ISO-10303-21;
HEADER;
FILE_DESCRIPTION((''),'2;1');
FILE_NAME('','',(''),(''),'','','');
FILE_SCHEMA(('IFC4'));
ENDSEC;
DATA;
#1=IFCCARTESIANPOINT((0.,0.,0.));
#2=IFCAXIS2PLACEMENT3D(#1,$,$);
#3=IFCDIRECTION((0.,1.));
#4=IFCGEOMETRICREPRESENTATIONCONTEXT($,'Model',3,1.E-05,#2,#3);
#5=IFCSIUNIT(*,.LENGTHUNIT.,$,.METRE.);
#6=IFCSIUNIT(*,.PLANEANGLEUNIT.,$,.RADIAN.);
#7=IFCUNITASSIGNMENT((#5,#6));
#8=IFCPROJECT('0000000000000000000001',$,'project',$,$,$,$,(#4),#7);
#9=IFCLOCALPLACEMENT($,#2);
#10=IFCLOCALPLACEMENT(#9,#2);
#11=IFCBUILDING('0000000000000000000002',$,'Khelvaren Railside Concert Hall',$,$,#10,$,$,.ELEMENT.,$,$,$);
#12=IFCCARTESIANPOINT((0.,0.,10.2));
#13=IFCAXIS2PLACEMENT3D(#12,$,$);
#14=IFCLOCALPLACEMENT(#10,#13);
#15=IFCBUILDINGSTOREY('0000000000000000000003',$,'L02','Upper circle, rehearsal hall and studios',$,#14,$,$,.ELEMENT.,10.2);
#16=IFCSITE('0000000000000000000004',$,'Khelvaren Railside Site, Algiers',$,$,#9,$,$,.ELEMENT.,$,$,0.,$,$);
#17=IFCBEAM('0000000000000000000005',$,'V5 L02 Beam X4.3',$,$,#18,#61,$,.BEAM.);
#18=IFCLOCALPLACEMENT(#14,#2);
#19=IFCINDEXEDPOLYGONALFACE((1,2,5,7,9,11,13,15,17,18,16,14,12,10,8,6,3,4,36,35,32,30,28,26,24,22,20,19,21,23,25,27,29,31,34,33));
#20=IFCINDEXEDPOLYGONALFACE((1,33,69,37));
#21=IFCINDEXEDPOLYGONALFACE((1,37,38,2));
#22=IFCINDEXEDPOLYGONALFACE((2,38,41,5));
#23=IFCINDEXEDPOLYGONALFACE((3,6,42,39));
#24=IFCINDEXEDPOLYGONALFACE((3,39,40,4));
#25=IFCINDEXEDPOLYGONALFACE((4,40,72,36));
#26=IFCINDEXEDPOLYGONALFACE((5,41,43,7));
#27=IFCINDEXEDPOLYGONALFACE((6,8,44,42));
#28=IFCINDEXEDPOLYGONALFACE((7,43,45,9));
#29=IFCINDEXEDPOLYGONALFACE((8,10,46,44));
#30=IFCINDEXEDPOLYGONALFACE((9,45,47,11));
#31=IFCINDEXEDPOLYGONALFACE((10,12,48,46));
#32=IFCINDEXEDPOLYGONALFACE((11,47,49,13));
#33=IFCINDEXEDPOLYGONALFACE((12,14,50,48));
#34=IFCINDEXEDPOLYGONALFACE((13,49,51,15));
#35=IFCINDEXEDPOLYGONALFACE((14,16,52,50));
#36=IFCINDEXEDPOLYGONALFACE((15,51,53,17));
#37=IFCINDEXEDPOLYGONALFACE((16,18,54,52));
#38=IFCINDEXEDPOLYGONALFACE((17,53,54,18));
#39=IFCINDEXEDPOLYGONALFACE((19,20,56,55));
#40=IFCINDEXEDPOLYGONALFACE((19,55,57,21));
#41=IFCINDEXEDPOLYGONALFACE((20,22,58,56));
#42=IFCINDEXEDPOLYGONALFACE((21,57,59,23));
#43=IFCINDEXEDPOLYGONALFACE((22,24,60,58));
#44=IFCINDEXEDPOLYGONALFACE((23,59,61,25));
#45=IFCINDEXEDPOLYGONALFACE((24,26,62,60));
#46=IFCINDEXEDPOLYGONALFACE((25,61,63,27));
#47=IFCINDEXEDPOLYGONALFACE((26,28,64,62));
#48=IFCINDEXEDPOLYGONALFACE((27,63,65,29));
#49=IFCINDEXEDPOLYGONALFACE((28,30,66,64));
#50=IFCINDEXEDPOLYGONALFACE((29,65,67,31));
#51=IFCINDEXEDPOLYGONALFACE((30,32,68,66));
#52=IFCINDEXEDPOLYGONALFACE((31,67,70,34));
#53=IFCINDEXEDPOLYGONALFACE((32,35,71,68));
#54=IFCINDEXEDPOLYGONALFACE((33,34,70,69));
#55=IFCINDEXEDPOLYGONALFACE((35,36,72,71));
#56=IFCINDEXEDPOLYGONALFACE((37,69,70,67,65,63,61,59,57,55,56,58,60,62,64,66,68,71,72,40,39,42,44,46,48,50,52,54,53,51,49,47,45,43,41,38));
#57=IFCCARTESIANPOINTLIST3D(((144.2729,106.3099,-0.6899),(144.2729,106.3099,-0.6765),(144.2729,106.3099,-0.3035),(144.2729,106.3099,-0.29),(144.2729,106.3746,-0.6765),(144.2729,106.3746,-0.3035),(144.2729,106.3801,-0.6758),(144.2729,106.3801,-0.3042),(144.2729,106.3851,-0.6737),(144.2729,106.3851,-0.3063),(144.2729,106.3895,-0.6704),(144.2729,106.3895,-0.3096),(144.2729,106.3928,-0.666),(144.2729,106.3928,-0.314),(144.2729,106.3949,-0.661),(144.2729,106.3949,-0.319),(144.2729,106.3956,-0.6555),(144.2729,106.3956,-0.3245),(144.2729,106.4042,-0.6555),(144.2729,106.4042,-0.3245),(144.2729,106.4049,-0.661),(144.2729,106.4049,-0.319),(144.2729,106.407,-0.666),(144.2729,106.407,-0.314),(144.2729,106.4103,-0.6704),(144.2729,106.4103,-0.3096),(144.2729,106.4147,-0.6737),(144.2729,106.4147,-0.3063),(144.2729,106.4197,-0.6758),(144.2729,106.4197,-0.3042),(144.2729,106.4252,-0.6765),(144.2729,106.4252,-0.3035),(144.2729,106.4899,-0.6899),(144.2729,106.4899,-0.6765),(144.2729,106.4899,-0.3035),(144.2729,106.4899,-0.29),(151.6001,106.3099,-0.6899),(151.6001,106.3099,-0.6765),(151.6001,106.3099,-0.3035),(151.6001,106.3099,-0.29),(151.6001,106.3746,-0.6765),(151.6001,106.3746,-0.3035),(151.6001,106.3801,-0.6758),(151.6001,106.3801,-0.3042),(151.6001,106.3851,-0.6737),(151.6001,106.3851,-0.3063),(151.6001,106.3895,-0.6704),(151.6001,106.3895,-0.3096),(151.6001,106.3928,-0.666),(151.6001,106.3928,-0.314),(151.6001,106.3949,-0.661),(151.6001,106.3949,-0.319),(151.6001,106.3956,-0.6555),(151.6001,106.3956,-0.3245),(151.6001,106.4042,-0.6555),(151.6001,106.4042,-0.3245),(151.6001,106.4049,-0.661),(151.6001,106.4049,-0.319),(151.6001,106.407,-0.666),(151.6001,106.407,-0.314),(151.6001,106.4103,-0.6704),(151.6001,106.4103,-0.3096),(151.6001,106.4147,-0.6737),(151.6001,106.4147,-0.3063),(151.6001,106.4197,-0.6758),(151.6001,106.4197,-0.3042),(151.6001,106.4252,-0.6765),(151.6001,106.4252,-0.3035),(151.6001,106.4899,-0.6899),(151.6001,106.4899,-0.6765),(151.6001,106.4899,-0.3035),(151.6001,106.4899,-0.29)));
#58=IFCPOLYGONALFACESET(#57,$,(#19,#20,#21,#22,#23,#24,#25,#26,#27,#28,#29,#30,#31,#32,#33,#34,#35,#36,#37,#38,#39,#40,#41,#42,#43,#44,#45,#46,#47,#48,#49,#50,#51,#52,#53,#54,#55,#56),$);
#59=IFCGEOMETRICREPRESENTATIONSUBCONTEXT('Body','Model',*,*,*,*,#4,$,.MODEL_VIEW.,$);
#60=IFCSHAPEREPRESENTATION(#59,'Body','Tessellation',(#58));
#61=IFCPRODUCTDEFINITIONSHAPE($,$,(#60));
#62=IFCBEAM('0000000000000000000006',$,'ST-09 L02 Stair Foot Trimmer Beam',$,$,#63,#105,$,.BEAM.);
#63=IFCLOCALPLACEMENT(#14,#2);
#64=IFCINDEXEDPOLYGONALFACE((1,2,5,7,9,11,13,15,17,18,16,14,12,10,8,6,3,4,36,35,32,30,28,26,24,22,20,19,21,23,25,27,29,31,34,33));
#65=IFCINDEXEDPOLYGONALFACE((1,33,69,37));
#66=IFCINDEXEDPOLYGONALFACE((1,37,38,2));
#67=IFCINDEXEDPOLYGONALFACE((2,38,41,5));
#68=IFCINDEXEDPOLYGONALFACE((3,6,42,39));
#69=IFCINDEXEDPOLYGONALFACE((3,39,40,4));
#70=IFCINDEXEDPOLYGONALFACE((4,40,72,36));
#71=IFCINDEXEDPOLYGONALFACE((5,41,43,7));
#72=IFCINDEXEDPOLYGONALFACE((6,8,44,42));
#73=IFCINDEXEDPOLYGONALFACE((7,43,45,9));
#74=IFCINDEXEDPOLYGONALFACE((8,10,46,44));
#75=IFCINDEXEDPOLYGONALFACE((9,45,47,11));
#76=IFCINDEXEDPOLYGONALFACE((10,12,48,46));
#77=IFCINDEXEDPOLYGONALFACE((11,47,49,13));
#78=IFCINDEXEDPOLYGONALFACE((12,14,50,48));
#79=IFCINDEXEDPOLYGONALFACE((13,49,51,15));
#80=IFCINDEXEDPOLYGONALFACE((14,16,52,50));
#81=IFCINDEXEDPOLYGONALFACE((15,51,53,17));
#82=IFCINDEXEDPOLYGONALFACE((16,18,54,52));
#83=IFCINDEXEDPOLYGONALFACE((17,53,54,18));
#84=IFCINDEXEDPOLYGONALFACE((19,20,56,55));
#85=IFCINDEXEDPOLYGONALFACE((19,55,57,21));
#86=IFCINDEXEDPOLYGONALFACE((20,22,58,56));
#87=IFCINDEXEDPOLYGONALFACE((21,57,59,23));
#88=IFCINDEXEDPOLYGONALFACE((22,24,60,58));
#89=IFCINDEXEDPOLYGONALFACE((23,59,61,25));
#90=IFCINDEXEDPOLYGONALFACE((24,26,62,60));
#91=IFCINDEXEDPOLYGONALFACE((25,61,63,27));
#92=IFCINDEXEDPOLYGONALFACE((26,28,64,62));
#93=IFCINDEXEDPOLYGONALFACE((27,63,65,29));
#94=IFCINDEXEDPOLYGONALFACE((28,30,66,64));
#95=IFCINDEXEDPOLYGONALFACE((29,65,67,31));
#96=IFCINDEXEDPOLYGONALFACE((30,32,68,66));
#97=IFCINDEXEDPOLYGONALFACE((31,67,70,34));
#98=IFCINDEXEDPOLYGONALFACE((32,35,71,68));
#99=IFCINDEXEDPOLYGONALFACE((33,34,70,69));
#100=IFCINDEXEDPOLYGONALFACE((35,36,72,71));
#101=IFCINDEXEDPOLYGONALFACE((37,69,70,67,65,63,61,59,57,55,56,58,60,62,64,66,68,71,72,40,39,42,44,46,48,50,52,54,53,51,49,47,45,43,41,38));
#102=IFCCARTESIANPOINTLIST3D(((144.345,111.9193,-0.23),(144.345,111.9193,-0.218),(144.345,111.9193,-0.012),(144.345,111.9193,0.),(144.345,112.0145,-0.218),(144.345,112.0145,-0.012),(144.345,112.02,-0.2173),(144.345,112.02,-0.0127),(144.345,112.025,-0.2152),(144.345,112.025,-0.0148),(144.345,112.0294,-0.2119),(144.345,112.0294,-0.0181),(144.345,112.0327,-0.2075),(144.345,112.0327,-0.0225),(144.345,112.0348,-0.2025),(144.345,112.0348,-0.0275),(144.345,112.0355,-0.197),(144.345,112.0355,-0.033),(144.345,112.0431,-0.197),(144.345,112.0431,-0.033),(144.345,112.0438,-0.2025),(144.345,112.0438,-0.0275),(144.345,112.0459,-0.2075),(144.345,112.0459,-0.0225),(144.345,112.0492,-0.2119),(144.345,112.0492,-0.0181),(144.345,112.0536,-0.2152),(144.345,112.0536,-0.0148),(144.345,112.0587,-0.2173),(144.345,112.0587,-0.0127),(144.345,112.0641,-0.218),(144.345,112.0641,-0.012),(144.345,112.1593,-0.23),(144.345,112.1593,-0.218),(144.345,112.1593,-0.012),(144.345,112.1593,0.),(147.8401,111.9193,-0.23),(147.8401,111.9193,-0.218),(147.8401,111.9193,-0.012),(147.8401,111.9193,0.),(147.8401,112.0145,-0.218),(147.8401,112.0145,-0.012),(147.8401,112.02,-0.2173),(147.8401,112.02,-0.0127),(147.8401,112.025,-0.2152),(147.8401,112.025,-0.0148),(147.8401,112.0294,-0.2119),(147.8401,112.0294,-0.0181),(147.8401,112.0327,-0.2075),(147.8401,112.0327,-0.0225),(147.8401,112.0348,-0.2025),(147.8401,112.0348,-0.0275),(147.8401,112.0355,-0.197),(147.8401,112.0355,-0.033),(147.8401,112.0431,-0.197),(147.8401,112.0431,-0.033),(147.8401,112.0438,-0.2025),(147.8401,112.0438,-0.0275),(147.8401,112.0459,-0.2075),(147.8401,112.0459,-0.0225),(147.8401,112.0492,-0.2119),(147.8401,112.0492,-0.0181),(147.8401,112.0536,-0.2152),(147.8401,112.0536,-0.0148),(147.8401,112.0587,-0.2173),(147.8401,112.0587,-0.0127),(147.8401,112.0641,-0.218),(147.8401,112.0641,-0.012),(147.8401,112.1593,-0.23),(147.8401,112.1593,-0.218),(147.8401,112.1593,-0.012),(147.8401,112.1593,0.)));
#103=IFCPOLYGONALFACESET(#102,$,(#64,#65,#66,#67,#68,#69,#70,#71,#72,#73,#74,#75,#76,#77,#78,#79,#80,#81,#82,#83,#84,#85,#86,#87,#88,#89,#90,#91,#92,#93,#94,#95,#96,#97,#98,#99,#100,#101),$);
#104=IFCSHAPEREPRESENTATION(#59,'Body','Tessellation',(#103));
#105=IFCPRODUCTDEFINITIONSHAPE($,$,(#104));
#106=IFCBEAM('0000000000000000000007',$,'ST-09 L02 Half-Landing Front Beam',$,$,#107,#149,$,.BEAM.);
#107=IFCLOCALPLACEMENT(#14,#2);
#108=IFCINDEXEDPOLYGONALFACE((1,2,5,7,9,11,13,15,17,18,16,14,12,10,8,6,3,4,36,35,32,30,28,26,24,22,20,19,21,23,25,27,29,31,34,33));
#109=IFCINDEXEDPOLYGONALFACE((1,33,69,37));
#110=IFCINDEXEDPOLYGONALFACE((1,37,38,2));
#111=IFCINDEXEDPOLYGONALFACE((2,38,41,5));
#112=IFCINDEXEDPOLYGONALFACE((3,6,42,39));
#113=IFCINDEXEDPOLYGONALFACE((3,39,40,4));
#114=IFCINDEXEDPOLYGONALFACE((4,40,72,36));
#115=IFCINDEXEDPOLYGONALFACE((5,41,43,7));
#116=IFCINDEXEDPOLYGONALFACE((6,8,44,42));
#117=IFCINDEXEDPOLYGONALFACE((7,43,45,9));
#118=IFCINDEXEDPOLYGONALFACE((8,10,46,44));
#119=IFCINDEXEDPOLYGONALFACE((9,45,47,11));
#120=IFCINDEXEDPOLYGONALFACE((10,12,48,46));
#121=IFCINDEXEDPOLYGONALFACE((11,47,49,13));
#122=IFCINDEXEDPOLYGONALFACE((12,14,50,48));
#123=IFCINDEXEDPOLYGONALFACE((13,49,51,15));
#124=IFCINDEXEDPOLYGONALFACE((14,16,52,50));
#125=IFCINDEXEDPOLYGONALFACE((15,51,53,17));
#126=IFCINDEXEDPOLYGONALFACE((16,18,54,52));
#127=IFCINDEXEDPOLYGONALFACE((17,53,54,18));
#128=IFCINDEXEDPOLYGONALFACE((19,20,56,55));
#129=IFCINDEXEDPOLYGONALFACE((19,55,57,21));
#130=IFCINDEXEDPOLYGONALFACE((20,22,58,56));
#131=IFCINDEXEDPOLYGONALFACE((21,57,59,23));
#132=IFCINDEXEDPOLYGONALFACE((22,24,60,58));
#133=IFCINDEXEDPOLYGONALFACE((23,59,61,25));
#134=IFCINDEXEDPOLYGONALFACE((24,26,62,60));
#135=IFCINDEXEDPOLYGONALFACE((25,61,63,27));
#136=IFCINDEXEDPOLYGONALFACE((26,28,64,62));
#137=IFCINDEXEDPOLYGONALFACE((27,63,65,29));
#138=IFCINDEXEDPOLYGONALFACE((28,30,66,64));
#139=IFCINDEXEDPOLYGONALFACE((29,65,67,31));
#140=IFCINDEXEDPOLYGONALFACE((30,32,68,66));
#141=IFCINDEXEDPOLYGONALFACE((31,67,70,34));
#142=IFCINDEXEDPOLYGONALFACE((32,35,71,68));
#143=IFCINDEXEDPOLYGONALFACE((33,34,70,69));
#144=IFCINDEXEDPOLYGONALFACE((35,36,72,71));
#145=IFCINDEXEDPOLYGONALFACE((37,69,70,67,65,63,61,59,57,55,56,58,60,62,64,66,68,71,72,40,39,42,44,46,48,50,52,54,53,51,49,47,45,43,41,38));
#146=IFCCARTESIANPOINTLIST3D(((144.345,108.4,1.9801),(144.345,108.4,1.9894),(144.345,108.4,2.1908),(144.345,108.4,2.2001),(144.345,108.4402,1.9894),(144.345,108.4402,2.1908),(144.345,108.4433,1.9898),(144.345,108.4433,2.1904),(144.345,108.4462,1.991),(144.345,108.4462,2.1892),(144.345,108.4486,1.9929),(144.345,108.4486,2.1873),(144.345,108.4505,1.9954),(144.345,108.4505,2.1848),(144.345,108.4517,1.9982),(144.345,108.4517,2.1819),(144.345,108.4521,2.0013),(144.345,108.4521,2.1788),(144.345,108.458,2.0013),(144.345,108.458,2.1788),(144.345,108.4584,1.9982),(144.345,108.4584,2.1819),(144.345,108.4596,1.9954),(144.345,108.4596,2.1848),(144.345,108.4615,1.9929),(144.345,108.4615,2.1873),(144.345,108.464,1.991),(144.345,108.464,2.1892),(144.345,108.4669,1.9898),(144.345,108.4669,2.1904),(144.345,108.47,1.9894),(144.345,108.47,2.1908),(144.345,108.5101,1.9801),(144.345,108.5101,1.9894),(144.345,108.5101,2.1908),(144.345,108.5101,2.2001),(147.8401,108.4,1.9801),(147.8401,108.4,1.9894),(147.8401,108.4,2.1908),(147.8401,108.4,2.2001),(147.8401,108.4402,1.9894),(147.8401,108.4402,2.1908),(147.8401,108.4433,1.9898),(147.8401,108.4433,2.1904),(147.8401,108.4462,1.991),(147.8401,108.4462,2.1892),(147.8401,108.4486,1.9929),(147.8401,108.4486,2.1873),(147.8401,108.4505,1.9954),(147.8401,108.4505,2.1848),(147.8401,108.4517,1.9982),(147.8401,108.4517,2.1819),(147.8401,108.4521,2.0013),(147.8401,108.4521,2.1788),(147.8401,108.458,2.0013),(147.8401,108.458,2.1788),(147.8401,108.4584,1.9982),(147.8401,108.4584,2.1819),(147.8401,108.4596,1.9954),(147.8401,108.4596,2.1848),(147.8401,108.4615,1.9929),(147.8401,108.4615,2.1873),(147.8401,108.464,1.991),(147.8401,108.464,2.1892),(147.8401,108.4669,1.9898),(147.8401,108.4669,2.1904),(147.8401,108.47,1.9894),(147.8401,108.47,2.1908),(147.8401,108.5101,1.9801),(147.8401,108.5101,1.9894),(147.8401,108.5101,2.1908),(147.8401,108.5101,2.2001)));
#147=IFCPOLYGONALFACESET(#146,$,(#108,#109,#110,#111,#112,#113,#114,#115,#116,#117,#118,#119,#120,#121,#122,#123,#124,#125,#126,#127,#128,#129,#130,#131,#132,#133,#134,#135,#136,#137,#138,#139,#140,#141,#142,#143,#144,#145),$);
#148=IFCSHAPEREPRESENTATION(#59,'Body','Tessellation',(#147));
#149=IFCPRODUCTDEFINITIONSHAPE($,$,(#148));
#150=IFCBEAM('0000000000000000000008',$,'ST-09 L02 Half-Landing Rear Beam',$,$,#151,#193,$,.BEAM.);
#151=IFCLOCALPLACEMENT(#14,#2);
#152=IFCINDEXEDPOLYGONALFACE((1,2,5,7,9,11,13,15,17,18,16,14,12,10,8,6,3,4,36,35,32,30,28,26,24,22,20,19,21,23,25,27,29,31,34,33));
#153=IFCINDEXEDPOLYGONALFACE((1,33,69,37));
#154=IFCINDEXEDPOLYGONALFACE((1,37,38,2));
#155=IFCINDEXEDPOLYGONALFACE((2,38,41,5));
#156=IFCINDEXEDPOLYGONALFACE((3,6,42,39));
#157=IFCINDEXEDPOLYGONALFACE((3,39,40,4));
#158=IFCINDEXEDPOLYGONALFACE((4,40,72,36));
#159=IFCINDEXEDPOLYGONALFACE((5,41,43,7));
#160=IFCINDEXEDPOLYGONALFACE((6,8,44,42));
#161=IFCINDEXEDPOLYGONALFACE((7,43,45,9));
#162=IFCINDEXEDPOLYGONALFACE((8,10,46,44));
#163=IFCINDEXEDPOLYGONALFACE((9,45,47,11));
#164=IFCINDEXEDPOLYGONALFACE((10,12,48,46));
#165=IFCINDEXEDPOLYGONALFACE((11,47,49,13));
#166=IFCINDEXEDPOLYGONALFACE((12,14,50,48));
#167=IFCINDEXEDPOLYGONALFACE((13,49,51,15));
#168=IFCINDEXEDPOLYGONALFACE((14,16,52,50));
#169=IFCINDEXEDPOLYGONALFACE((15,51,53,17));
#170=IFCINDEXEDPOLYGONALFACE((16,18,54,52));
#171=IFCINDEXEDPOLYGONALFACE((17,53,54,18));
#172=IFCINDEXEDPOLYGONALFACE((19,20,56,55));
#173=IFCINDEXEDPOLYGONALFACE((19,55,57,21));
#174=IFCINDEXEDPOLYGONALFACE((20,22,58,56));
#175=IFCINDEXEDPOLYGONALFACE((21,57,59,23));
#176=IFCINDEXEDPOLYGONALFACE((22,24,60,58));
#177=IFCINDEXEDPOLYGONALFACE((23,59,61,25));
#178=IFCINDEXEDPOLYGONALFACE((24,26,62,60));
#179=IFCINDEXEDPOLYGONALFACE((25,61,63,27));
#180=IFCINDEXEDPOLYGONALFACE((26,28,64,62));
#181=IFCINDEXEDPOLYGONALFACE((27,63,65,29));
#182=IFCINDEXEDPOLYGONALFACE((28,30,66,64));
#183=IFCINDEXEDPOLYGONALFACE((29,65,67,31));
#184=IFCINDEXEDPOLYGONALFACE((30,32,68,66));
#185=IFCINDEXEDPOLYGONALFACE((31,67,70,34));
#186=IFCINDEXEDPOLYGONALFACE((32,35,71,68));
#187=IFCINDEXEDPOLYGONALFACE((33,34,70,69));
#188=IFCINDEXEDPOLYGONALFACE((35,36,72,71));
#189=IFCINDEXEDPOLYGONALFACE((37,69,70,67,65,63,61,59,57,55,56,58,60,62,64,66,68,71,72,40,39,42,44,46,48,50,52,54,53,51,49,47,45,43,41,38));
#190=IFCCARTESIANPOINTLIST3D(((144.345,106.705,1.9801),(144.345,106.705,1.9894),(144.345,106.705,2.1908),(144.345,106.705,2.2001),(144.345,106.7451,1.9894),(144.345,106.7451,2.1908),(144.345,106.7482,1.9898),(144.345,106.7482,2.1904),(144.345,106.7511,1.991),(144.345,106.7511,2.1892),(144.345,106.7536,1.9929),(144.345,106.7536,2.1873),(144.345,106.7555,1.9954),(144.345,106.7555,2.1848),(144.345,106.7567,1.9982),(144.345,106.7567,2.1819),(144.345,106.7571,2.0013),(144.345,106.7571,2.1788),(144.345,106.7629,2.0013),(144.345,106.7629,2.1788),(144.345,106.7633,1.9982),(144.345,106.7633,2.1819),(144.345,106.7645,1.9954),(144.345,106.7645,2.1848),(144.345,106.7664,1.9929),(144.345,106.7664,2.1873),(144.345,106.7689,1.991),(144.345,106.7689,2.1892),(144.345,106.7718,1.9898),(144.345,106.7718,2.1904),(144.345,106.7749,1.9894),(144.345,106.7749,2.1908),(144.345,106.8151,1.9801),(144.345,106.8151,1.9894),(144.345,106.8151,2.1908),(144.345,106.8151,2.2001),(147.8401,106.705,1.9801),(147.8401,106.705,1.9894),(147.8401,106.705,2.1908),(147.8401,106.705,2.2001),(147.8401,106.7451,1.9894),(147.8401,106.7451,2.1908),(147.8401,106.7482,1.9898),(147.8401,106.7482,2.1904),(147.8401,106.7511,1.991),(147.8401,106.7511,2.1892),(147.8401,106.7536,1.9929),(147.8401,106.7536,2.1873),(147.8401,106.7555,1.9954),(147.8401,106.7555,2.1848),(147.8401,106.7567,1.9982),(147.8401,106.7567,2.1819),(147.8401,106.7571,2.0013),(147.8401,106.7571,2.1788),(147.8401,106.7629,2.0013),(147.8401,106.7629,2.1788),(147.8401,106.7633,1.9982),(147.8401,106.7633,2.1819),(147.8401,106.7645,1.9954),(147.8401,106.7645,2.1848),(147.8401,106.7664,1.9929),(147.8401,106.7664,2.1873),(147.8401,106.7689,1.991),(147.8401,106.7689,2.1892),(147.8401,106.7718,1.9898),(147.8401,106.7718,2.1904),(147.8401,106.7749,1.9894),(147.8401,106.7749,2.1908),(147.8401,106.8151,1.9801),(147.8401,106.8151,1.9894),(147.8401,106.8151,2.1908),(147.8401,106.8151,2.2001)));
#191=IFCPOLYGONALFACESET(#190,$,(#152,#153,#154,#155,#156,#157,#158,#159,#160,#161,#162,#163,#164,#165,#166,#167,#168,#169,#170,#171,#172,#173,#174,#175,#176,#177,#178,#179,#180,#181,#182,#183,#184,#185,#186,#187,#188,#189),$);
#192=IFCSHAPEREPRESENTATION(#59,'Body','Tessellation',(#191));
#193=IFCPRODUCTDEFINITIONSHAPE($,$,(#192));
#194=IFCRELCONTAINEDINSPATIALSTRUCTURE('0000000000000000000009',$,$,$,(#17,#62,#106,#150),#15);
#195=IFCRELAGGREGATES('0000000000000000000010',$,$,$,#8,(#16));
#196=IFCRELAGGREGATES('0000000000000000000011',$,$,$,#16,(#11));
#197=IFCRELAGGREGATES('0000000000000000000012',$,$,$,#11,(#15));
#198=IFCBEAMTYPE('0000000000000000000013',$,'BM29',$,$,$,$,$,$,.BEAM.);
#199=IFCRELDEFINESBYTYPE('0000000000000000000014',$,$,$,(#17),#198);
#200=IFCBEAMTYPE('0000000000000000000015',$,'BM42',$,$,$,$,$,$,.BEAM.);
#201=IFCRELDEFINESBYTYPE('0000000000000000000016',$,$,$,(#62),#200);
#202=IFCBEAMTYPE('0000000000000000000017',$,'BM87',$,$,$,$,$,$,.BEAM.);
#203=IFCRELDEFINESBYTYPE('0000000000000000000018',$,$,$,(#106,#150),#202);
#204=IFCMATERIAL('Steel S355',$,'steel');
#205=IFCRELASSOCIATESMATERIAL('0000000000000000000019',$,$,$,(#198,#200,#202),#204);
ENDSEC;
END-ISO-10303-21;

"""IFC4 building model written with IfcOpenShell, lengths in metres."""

from ifc_helpers import new_model, si_unit, direction, frame, origin, origin_2d, place, context, subcontext, project, spatial, i_section, extrude, material, material_profile, profile_set, type_object, element, save


model = new_model("IFC4")

# Units and contexts
model_context = context("Model", 3, precision=1e-05, world=origin(), true_north=direction((0.0, 1.0)))
body_context = subcontext(model_context, "Body", "Model", "MODEL_VIEW")
ifc_project = project(units=[si_unit("LENGTHUNIT", "METRE"), si_unit("PLANEANGLEUNIT", "RADIAN")], contexts=[model_context])

# Site, building, storey
site_placement = place(None, origin())
site = spatial("IfcSite", under=ifc_project, at=site_placement, Name="Khelvaren Railside Site, Algiers", CompositionType="ELEMENT", RefElevation=0.0)
building_placement = place(site_placement, origin())
building = spatial("IfcBuilding", under=site, at=building_placement, Name="Khelvaren Railside Concert Hall", CompositionType="ELEMENT")
storey_placement = place(building_placement, frame((0.0, 0.0, 10.2)))
storey = spatial("IfcBuildingStorey", under=building, at=storey_placement, Name="L02", Description="Upper circle, rehearsal hall and studios", CompositionType="ELEMENT", Elevation=10.2)

# Beams
ifc_material_1 = material(Name="Steel S355", Category="steel")
ifc_material_profile_1 = material_profile(ifc_material_1, i_section(OverallWidth=0.1799, OverallDepth=0.3999, WebThickness=0.0085, FlangeThickness=0.0134, FilletRadius=0.021, at=origin_2d()), Name="IPE 400")
ifc_profile_set_1 = profile_set([ifc_material_profile_1], Name="Steel S355")
beam_type_1 = type_object("IfcBeamType", Name="BM29", PredefinedType="BEAM", material=ifc_profile_set_1)
beam_1_placement = place(storey_placement, frame((144.2729, 106.3999, -0.49), z_axis=(1.0, 0.0, 0.0), x_axis=(0.0, 1.0, 0.0)))
element("IfcBeam", 1, at=beam_1_placement, inside=storey, type_object=beam_type_1, Name="V5 L02 Beam X4.3", PredefinedType="BEAM", context=body_context, shape_type="SweptSolid", body=[
    extrude(i_section(OverallWidth=0.1799, OverallDepth=0.3999, WebThickness=0.0085, FlangeThickness=0.0134, FilletRadius=0.021, at=origin_2d()), origin(), (0.0, 0.0, 1.0), 7.3271),
])
ifc_material_profile_2 = material_profile(ifc_material_1, i_section(OverallWidth=0.24, OverallDepth=0.23, WebThickness=0.0076, FlangeThickness=0.012, FilletRadius=0.021, at=origin_2d()), Name="HEA 240")
ifc_profile_set_2 = profile_set([ifc_material_profile_2], Name="Steel S355")
beam_type_2 = type_object("IfcBeamType", Name="BM42", PredefinedType="BEAM", material=ifc_profile_set_2)
beam_2_placement = place(storey_placement, frame((144.345, 112.0393, -0.115), z_axis=(1.0, 0.0, 0.0), x_axis=(0.0, 1.0, 0.0)))
element("IfcBeam", 2, at=beam_2_placement, inside=storey, type_object=beam_type_2, Name="ST-09 L02 Stair Foot Trimmer Beam", PredefinedType="BEAM", context=body_context, shape_type="SweptSolid", body=[
    extrude(i_section(OverallWidth=0.24, OverallDepth=0.23, WebThickness=0.0076, FlangeThickness=0.012, FilletRadius=0.021, at=origin_2d()), origin(), (0.0, 0.0, 1.0), 3.4951),
])
ifc_material_profile_3 = material_profile(ifc_material_1, i_section(OverallWidth=0.1101, OverallDepth=0.22, WebThickness=0.0059, FlangeThickness=0.0093, FilletRadius=0.012, at=origin_2d()), Name="IPE 220")
ifc_profile_set_3 = profile_set([ifc_material_profile_3], Name="Steel S355")
beam_type_3 = type_object("IfcBeamType", Name="BM87", PredefinedType="BEAM", material=ifc_profile_set_3)
for number, where, z_axis, x_axis, name in (
    (3, (144.345, 108.4551, 2.0901), (1.0, 0.0, 0.0), (0.0, 1.0, 0.0), "ST-09 L02 Half-Landing Front Beam"),
    (4, (144.345, 106.76, 2.0901), (1.0, 0.0, 0.0), (0.0, 1.0, 0.0), "ST-09 L02 Half-Landing Rear Beam"),
):
    element("IfcBeam", number, at=place(storey_placement, frame(where, z_axis=z_axis, x_axis=x_axis)), inside=storey, type_object=beam_type_3, Name=name, PredefinedType="BEAM", context=body_context, shape_type="SweptSolid", body=[
        extrude(i_section(OverallWidth=0.1101, OverallDepth=0.22, WebThickness=0.0059, FlangeThickness=0.0093, FilletRadius=0.012, at=origin_2d()), origin(), (0.0, 0.0, 1.0), 3.4951),
    ])

save(model, "model.ifc")
